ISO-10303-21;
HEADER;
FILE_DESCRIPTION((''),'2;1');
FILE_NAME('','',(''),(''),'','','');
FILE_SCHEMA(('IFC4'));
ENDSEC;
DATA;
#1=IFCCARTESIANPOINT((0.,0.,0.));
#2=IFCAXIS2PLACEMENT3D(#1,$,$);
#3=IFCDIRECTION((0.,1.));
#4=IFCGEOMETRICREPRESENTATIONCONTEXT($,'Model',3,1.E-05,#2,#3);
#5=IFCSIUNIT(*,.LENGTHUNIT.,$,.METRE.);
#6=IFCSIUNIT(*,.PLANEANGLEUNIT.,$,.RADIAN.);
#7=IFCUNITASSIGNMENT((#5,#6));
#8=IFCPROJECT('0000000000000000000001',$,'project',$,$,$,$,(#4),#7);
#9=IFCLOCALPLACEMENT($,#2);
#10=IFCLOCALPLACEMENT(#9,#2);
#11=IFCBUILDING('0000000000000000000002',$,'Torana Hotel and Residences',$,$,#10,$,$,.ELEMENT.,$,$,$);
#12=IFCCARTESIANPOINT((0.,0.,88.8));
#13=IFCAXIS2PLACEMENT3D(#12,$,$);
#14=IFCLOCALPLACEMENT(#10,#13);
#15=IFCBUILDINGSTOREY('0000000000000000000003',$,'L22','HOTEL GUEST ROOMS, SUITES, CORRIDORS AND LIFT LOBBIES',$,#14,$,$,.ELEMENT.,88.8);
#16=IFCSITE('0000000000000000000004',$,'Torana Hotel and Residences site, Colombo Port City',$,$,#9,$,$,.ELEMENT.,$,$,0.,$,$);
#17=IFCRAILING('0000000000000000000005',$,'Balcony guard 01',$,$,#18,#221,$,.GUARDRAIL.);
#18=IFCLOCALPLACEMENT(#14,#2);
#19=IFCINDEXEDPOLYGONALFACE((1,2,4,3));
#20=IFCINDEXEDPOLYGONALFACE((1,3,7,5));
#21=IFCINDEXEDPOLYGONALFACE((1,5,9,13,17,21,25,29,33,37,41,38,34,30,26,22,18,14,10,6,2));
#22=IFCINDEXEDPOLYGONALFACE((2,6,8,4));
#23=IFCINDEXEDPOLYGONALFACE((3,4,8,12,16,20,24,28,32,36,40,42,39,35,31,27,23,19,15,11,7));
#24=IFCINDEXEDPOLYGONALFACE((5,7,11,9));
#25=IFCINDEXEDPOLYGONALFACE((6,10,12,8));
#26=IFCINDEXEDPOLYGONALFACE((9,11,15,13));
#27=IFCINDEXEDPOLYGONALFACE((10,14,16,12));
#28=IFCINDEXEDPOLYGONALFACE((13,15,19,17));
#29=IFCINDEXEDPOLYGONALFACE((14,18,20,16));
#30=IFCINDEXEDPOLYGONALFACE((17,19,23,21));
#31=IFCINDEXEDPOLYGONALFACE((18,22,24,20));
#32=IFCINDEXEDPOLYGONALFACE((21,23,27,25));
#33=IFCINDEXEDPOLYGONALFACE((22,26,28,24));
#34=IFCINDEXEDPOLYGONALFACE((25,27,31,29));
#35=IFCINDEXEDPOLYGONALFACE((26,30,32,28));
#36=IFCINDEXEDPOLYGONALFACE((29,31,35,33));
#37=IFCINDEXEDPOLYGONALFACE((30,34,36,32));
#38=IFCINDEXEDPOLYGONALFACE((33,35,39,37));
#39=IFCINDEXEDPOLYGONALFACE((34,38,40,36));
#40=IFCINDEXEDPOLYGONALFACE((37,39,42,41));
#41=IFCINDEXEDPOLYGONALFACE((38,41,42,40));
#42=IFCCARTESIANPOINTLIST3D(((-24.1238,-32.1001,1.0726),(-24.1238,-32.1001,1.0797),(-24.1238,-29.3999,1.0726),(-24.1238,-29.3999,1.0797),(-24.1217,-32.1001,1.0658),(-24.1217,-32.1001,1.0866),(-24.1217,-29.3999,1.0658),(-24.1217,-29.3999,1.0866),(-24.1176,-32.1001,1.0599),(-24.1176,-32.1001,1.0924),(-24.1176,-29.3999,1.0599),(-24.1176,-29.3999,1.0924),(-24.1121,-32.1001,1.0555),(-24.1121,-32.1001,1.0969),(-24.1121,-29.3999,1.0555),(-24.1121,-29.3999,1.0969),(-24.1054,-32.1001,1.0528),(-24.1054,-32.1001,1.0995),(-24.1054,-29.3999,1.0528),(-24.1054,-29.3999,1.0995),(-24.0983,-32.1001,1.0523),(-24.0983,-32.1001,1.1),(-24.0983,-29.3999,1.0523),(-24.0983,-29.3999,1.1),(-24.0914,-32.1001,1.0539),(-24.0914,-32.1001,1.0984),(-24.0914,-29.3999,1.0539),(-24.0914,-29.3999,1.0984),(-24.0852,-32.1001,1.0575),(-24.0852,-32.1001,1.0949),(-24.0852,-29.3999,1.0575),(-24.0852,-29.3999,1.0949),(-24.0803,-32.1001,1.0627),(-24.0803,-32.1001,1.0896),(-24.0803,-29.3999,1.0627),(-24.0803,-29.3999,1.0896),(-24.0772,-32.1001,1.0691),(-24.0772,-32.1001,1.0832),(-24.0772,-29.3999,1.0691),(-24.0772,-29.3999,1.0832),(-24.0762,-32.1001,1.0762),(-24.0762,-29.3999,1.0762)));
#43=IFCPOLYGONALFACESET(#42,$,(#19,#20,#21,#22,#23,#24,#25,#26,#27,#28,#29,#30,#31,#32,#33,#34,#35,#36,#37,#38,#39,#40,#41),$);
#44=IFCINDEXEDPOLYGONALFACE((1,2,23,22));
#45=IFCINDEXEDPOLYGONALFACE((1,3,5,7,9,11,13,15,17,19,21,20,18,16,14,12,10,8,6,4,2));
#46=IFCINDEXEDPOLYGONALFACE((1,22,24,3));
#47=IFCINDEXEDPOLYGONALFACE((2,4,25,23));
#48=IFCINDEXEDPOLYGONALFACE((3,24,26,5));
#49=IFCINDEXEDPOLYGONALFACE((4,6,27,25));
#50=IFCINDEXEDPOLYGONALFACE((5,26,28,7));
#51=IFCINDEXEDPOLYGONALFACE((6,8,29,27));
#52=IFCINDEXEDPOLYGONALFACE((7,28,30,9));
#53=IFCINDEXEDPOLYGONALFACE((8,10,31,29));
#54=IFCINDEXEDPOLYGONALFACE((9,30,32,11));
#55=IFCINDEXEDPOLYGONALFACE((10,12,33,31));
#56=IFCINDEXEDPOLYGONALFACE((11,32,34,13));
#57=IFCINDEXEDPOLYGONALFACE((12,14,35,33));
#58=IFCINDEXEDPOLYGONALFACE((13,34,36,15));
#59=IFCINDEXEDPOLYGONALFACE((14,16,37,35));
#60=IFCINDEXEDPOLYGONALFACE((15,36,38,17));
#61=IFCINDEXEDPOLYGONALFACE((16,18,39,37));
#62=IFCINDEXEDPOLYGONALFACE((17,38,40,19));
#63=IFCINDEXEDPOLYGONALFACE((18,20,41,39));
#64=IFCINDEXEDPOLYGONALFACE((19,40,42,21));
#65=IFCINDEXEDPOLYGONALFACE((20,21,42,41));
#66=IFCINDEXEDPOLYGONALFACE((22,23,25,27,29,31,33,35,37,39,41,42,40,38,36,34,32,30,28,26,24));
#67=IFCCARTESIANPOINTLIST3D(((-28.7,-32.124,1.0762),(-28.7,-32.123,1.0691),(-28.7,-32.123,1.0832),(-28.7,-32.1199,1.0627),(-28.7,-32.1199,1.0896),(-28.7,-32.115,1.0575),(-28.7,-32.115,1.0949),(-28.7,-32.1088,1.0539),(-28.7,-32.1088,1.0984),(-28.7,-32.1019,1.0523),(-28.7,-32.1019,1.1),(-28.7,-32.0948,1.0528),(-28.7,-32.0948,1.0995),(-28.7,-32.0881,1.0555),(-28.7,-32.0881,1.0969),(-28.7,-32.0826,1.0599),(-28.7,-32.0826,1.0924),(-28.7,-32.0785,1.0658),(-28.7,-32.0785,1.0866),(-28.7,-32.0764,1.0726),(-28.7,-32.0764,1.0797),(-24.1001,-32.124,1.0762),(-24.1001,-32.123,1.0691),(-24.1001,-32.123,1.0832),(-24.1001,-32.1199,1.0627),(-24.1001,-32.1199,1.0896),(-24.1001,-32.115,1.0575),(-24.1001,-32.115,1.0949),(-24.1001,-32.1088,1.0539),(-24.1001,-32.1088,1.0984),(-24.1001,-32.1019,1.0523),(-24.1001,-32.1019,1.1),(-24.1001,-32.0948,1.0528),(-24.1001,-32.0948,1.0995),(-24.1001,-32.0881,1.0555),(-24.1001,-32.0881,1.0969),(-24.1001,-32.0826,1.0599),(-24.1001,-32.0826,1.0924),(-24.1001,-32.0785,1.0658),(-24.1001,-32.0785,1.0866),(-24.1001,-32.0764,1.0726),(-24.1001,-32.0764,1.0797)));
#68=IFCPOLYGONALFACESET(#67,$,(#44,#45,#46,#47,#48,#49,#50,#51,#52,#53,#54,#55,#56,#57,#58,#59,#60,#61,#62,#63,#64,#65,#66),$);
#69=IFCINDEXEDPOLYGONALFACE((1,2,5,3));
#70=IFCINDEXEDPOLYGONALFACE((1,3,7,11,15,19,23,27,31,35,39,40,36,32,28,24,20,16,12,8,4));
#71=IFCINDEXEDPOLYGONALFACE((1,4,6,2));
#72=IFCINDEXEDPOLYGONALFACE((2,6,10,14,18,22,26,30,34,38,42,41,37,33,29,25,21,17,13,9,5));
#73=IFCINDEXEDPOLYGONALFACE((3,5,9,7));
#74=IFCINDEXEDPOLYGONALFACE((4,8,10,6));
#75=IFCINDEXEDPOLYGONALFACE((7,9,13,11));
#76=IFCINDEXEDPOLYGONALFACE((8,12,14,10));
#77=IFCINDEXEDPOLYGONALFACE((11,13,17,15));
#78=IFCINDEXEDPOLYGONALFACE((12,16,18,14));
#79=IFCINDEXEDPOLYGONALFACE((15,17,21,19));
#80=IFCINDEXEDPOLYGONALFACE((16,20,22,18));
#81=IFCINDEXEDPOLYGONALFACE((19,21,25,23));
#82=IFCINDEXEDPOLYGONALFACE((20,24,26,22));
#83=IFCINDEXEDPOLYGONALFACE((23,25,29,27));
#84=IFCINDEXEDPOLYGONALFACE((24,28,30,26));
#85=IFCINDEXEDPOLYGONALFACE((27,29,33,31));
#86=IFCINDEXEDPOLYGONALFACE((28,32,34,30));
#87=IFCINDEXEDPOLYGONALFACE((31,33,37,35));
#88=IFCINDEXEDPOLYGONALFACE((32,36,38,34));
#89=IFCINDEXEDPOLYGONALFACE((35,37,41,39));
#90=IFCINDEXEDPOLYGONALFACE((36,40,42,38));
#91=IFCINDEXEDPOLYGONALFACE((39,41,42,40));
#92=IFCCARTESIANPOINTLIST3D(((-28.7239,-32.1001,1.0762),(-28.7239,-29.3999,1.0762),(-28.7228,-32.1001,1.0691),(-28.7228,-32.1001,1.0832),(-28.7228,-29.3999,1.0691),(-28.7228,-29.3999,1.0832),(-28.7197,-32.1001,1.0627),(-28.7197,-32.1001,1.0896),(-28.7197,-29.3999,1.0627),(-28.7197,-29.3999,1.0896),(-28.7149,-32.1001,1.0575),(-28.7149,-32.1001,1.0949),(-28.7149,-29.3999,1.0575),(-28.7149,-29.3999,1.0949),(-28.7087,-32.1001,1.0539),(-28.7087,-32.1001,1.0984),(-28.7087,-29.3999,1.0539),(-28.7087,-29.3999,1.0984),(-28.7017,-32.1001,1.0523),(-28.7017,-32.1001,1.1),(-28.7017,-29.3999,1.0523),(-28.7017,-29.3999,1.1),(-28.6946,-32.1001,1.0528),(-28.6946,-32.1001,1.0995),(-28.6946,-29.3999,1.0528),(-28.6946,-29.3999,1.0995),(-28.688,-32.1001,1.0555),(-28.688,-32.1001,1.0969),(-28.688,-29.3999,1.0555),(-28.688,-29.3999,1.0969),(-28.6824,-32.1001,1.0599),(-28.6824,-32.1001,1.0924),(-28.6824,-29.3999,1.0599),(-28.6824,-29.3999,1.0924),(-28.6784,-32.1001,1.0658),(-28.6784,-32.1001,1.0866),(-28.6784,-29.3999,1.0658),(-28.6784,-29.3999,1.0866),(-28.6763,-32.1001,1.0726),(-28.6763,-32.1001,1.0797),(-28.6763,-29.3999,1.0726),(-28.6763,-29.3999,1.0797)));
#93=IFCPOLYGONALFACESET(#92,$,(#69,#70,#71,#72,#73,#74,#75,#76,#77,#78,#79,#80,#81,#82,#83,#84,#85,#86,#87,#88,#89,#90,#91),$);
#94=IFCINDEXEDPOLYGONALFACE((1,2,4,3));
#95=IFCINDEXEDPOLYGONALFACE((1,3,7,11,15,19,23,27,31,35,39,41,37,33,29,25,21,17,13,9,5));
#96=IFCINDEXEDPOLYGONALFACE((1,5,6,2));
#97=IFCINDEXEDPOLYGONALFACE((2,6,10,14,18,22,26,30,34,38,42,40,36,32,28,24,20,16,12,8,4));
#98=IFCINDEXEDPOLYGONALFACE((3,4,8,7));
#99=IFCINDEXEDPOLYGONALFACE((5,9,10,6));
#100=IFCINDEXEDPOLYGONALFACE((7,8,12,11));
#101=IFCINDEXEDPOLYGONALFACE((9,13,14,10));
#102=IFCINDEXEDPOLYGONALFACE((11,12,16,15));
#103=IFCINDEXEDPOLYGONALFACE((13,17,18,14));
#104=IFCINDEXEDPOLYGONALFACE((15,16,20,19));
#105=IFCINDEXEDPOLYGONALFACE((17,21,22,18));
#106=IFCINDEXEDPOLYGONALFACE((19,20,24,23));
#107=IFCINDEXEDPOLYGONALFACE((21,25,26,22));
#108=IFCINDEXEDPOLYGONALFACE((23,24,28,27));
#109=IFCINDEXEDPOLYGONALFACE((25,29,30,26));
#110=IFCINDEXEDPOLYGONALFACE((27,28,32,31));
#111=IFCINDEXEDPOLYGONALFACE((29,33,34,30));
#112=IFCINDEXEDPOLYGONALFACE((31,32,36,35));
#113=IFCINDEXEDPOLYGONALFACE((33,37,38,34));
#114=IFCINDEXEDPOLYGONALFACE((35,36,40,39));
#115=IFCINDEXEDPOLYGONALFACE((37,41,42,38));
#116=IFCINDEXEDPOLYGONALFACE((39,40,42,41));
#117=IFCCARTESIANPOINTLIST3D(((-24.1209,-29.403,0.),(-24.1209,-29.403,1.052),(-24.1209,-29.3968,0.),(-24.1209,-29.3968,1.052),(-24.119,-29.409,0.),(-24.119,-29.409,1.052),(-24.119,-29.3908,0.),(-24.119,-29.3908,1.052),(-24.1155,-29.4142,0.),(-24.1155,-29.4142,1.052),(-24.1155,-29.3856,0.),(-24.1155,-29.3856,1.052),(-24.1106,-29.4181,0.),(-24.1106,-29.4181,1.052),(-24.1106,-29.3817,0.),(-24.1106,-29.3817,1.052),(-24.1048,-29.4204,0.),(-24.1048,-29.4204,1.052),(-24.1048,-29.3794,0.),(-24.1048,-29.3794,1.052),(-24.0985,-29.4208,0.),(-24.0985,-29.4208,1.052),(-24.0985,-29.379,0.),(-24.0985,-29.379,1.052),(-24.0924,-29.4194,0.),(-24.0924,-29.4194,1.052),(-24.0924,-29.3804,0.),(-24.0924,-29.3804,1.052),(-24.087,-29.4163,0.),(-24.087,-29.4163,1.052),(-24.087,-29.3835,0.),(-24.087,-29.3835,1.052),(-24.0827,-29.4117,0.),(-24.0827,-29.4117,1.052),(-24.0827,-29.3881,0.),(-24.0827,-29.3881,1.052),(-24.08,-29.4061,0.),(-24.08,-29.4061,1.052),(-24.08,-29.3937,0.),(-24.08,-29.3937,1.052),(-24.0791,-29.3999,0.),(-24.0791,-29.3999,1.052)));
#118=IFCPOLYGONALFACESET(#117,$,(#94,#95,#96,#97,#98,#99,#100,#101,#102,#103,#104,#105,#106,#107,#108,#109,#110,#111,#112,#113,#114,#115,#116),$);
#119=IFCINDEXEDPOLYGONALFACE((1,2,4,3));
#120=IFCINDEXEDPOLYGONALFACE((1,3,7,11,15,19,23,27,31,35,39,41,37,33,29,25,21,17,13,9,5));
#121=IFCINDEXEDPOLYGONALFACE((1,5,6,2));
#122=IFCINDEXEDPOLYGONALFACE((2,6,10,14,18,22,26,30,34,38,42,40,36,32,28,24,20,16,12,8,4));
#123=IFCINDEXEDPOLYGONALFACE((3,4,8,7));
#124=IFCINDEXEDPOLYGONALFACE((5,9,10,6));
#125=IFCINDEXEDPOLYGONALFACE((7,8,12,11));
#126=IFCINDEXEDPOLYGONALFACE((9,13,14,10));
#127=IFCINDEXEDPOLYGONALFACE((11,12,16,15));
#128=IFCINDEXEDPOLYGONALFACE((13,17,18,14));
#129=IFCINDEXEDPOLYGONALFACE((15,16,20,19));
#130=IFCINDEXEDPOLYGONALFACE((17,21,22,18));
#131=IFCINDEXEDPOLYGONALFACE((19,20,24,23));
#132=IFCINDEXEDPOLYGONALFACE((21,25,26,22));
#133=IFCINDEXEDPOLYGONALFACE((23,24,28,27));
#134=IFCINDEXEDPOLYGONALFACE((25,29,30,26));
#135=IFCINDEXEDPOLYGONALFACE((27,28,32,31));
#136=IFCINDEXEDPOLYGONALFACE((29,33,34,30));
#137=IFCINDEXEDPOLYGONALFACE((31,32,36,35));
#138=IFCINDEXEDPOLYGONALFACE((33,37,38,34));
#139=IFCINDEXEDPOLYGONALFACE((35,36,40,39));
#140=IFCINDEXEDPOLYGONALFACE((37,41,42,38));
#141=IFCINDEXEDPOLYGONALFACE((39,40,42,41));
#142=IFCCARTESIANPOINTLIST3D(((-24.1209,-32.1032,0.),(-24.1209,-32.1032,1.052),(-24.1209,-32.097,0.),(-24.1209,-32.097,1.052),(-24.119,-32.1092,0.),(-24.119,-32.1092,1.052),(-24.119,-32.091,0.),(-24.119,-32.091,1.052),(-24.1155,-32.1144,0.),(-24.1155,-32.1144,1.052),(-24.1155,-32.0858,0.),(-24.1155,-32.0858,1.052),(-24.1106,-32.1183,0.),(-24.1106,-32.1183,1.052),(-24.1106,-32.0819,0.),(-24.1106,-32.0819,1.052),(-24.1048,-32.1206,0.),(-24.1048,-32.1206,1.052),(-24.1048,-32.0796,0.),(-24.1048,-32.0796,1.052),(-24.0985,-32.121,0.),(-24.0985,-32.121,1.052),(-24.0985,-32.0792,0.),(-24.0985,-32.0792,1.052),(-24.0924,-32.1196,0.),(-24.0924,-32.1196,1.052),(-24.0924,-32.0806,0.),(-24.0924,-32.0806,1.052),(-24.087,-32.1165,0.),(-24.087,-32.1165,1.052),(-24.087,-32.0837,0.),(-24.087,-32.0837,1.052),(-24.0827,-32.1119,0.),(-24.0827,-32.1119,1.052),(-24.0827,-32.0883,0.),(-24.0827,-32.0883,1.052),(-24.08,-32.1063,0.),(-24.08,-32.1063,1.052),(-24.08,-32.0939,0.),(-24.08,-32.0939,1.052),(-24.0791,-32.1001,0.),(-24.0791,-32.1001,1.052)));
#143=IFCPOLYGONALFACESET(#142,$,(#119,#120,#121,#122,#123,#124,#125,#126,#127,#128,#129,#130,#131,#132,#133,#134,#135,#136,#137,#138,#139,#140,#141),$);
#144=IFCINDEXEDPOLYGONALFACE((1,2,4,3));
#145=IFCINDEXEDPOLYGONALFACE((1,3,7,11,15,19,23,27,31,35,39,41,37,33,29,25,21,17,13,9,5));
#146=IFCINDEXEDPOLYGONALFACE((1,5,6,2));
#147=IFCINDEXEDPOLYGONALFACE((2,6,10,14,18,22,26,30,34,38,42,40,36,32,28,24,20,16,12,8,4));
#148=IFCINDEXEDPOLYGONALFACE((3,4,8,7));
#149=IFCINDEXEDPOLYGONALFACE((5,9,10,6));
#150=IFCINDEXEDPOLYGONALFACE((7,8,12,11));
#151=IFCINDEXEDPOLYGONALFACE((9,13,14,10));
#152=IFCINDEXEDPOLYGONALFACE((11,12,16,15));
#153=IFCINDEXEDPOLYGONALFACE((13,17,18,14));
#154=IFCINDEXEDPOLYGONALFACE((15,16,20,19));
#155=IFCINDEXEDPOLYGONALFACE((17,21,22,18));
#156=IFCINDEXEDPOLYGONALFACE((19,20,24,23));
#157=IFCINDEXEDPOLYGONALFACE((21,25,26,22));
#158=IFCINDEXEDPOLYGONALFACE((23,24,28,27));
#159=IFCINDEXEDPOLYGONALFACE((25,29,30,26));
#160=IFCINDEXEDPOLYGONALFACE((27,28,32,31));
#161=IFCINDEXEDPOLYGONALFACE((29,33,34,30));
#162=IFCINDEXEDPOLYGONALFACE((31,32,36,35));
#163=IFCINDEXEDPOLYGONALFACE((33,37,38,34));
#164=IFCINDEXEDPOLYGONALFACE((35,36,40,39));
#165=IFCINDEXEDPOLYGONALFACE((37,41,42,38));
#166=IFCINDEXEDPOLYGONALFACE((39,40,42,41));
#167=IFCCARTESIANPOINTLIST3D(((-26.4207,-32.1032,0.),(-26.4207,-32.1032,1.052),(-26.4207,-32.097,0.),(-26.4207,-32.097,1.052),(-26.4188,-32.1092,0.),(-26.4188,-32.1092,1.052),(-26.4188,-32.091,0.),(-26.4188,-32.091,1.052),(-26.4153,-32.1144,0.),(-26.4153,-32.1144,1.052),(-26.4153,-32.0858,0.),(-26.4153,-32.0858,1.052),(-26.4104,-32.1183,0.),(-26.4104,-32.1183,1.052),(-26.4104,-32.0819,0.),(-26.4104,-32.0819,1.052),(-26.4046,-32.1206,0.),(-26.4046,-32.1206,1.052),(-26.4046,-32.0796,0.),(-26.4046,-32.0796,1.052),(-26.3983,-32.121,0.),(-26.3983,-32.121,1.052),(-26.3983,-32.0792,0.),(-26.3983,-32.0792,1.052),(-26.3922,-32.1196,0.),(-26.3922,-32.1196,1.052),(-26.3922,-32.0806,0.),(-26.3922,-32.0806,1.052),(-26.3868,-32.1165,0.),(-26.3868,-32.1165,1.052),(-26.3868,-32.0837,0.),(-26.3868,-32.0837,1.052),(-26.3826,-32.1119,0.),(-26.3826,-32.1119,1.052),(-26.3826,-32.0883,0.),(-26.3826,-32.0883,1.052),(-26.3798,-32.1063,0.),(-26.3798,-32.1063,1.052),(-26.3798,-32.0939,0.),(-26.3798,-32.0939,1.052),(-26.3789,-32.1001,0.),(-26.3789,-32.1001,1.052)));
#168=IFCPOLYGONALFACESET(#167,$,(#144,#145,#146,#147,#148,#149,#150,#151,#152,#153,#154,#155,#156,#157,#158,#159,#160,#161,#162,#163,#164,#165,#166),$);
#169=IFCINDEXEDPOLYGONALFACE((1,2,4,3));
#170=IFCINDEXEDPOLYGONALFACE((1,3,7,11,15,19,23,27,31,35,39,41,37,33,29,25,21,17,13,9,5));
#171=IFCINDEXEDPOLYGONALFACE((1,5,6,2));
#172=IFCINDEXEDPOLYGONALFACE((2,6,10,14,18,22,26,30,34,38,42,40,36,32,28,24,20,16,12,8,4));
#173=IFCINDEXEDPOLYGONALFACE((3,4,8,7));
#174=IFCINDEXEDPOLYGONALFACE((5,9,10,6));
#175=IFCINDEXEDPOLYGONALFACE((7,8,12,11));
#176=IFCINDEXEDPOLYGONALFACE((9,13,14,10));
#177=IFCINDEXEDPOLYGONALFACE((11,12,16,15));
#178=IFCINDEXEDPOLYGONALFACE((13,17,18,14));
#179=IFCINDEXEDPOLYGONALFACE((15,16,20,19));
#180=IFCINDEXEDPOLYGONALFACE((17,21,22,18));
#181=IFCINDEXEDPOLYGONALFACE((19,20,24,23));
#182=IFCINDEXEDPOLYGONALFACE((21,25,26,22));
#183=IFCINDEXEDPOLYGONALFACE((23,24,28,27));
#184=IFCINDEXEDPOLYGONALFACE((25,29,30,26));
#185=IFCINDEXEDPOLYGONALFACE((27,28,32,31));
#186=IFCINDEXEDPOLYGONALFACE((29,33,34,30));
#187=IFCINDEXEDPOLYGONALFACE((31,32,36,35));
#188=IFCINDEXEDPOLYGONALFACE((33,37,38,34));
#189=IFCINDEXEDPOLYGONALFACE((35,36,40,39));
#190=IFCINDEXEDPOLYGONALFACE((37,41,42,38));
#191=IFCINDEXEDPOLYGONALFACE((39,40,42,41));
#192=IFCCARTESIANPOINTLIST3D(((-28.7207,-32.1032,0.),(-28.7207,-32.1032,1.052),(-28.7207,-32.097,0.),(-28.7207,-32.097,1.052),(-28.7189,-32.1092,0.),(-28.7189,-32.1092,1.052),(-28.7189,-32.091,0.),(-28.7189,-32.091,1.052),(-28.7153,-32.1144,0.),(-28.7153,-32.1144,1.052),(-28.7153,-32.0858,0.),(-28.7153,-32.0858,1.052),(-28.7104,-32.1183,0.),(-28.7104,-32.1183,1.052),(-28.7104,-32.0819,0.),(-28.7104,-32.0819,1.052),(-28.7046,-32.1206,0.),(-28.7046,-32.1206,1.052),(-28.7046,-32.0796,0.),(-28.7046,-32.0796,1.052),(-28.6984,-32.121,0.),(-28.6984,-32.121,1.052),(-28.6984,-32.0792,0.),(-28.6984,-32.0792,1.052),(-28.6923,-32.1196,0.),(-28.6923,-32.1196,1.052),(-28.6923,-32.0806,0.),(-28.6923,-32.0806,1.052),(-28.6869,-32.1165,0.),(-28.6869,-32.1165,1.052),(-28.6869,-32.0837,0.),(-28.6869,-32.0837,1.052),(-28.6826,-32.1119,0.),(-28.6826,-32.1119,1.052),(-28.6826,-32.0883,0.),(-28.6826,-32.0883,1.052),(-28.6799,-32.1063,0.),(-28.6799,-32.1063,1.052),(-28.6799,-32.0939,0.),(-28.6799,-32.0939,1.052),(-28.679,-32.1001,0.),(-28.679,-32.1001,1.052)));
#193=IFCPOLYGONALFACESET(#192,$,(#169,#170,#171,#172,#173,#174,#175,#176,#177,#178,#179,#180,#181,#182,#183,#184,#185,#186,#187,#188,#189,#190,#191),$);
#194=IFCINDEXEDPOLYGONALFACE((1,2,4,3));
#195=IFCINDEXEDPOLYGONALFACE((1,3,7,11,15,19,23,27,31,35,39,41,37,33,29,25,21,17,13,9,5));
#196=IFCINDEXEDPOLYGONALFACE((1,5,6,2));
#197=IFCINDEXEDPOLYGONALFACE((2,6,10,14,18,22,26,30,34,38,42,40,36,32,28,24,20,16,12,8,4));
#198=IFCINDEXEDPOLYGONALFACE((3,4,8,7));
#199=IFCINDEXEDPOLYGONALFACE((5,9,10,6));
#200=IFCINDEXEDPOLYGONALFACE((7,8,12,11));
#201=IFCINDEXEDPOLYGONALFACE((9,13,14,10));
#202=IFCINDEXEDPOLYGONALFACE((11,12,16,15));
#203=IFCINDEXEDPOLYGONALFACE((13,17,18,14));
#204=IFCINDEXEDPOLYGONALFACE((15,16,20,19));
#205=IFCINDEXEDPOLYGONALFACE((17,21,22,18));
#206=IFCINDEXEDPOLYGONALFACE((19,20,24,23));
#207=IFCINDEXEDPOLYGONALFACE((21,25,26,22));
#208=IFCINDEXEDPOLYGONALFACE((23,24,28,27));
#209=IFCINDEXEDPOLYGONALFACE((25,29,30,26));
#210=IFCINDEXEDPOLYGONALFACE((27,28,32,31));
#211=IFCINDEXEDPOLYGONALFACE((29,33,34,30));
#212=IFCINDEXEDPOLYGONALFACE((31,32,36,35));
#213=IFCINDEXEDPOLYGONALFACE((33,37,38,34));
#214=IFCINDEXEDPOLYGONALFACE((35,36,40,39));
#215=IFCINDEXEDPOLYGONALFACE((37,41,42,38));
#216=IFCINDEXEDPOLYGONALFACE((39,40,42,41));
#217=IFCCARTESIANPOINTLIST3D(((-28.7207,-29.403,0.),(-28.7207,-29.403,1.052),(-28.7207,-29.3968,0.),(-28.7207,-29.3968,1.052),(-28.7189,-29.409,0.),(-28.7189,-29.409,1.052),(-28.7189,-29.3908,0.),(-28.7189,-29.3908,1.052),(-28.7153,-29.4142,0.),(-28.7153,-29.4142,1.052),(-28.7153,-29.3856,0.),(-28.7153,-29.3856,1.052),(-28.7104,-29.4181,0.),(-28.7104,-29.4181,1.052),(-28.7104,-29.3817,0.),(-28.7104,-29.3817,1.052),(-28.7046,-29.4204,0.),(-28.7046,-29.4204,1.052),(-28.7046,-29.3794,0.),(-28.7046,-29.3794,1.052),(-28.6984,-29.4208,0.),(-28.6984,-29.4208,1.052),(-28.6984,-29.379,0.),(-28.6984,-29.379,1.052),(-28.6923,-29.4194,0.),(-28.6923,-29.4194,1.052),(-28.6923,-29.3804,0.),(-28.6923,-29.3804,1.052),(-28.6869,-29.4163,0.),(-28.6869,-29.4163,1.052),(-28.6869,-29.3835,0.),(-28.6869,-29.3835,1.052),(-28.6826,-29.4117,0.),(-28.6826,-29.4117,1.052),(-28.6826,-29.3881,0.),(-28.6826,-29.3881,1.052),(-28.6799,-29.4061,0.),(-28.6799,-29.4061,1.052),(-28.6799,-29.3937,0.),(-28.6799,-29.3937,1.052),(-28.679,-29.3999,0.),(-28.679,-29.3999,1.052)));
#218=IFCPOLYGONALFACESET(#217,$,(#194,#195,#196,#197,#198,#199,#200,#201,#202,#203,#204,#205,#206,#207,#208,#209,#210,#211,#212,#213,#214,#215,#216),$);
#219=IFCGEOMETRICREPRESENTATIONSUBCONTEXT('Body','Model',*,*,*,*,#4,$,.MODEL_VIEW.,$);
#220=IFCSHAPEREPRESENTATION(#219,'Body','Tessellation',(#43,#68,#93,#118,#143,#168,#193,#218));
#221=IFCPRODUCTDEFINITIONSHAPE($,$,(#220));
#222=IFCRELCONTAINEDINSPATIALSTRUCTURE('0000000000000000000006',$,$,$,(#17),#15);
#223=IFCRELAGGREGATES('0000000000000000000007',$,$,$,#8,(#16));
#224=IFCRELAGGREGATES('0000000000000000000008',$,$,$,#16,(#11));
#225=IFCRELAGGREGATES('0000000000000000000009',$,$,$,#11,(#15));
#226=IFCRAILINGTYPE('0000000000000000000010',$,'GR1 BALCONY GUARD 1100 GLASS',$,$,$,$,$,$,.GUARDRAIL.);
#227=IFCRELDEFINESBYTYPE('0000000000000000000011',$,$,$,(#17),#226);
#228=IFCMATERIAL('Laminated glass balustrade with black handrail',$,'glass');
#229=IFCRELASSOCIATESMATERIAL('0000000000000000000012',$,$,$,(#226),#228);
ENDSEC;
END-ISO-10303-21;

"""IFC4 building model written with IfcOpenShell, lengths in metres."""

from ifc_helpers import new_model, si_unit, direction, frame, origin, origin_2d, place, context, subcontext, project, spatial, circle, extrude, material, type_object, element, save


model = new_model("IFC4")

# Units and contexts
model_context = context("Model", 3, precision=1e-05, world=origin(), true_north=direction((0.0, 1.0)))
body_context = subcontext(model_context, "Body", "Model", "MODEL_VIEW")
ifc_project = project(units=[si_unit("LENGTHUNIT", "METRE"), si_unit("PLANEANGLEUNIT", "RADIAN")], contexts=[model_context])

# Site, building, storey
site_placement = place(None, origin())
site = spatial("IfcSite", under=ifc_project, at=site_placement, Name="Torana Hotel and Residences site, Colombo Port City", CompositionType="ELEMENT", RefElevation=0.0)
building_placement = place(site_placement, origin())
building = spatial("IfcBuilding", under=site, at=building_placement, Name="Torana Hotel and Residences", CompositionType="ELEMENT")
storey_placement = place(building_placement, frame((0.0, 0.0, 88.8)))
storey = spatial("IfcBuildingStorey", under=building, at=storey_placement, Name="L22", Description="HOTEL GUEST ROOMS, SUITES, CORRIDORS AND LIFT LOBBIES", CompositionType="ELEMENT", Elevation=88.8)

# Railing
ifc_material_1 = material(Name="Laminated glass balustrade with black handrail", Category="glass")
railing_type = type_object("IfcRailingType", Name="GR1 BALCONY GUARD 1100 GLASS", PredefinedType="GUARDRAIL", material=ifc_material_1)
railing_placement = place(storey_placement, frame((-24.1001, -29.3999, 0.0)))
element("IfcRailing", 1, at=railing_placement, inside=storey, type_object=railing_type, Name="Balcony guard 01", PredefinedType="GUARDRAIL", context=body_context, shape_type="SweptSolid", body=[
    extrude(circle(Radius=0.0239, at=origin_2d()), frame((0.0, 0.0, 1.0762), z_axis=(0.0, -1.0, 0.0), x_axis=(1.0, 0.0, 0.0)), (0.0, 0.0, 1.0), 2.7002),
    extrude(circle(Radius=0.0239, at=origin_2d()), frame((0.0, -2.7002, 1.0762), z_axis=(-1.0, 0.0, 0.0), x_axis=(0.0, -1.0, 0.0)), (0.0, 0.0, 1.0), 4.5999),
    extrude(circle(Radius=0.0239, at=origin_2d()), frame((-4.5999, -2.7002, 1.0762), z_axis=(0.0, 1.0, 0.0), x_axis=(-1.0, 0.0, 0.0)), (0.0, 0.0, 1.0), 2.7002),
    extrude(circle(Radius=0.021, at=origin_2d()), origin(), (0.0, 0.0, 1.0), 1.052),
    extrude(circle(Radius=0.021, at=origin_2d()), frame((0.0, -2.7002, 0.0)), (0.0, 0.0, 1.0), 1.052),
    extrude(circle(Radius=0.021, at=origin_2d()), frame((-2.2998, -2.7002, 0.0)), (0.0, 0.0, 1.0), 1.052),
    extrude(circle(Radius=0.021, at=origin_2d()), frame((-4.5999, -2.7002, 0.0)), (0.0, 0.0, 1.0), 1.052),
    extrude(circle(Radius=0.021, at=origin_2d()), frame((-4.5999, 0.0, 0.0)), (0.0, 0.0, 1.0), 1.052),
])

save(model, "model.ifc")
